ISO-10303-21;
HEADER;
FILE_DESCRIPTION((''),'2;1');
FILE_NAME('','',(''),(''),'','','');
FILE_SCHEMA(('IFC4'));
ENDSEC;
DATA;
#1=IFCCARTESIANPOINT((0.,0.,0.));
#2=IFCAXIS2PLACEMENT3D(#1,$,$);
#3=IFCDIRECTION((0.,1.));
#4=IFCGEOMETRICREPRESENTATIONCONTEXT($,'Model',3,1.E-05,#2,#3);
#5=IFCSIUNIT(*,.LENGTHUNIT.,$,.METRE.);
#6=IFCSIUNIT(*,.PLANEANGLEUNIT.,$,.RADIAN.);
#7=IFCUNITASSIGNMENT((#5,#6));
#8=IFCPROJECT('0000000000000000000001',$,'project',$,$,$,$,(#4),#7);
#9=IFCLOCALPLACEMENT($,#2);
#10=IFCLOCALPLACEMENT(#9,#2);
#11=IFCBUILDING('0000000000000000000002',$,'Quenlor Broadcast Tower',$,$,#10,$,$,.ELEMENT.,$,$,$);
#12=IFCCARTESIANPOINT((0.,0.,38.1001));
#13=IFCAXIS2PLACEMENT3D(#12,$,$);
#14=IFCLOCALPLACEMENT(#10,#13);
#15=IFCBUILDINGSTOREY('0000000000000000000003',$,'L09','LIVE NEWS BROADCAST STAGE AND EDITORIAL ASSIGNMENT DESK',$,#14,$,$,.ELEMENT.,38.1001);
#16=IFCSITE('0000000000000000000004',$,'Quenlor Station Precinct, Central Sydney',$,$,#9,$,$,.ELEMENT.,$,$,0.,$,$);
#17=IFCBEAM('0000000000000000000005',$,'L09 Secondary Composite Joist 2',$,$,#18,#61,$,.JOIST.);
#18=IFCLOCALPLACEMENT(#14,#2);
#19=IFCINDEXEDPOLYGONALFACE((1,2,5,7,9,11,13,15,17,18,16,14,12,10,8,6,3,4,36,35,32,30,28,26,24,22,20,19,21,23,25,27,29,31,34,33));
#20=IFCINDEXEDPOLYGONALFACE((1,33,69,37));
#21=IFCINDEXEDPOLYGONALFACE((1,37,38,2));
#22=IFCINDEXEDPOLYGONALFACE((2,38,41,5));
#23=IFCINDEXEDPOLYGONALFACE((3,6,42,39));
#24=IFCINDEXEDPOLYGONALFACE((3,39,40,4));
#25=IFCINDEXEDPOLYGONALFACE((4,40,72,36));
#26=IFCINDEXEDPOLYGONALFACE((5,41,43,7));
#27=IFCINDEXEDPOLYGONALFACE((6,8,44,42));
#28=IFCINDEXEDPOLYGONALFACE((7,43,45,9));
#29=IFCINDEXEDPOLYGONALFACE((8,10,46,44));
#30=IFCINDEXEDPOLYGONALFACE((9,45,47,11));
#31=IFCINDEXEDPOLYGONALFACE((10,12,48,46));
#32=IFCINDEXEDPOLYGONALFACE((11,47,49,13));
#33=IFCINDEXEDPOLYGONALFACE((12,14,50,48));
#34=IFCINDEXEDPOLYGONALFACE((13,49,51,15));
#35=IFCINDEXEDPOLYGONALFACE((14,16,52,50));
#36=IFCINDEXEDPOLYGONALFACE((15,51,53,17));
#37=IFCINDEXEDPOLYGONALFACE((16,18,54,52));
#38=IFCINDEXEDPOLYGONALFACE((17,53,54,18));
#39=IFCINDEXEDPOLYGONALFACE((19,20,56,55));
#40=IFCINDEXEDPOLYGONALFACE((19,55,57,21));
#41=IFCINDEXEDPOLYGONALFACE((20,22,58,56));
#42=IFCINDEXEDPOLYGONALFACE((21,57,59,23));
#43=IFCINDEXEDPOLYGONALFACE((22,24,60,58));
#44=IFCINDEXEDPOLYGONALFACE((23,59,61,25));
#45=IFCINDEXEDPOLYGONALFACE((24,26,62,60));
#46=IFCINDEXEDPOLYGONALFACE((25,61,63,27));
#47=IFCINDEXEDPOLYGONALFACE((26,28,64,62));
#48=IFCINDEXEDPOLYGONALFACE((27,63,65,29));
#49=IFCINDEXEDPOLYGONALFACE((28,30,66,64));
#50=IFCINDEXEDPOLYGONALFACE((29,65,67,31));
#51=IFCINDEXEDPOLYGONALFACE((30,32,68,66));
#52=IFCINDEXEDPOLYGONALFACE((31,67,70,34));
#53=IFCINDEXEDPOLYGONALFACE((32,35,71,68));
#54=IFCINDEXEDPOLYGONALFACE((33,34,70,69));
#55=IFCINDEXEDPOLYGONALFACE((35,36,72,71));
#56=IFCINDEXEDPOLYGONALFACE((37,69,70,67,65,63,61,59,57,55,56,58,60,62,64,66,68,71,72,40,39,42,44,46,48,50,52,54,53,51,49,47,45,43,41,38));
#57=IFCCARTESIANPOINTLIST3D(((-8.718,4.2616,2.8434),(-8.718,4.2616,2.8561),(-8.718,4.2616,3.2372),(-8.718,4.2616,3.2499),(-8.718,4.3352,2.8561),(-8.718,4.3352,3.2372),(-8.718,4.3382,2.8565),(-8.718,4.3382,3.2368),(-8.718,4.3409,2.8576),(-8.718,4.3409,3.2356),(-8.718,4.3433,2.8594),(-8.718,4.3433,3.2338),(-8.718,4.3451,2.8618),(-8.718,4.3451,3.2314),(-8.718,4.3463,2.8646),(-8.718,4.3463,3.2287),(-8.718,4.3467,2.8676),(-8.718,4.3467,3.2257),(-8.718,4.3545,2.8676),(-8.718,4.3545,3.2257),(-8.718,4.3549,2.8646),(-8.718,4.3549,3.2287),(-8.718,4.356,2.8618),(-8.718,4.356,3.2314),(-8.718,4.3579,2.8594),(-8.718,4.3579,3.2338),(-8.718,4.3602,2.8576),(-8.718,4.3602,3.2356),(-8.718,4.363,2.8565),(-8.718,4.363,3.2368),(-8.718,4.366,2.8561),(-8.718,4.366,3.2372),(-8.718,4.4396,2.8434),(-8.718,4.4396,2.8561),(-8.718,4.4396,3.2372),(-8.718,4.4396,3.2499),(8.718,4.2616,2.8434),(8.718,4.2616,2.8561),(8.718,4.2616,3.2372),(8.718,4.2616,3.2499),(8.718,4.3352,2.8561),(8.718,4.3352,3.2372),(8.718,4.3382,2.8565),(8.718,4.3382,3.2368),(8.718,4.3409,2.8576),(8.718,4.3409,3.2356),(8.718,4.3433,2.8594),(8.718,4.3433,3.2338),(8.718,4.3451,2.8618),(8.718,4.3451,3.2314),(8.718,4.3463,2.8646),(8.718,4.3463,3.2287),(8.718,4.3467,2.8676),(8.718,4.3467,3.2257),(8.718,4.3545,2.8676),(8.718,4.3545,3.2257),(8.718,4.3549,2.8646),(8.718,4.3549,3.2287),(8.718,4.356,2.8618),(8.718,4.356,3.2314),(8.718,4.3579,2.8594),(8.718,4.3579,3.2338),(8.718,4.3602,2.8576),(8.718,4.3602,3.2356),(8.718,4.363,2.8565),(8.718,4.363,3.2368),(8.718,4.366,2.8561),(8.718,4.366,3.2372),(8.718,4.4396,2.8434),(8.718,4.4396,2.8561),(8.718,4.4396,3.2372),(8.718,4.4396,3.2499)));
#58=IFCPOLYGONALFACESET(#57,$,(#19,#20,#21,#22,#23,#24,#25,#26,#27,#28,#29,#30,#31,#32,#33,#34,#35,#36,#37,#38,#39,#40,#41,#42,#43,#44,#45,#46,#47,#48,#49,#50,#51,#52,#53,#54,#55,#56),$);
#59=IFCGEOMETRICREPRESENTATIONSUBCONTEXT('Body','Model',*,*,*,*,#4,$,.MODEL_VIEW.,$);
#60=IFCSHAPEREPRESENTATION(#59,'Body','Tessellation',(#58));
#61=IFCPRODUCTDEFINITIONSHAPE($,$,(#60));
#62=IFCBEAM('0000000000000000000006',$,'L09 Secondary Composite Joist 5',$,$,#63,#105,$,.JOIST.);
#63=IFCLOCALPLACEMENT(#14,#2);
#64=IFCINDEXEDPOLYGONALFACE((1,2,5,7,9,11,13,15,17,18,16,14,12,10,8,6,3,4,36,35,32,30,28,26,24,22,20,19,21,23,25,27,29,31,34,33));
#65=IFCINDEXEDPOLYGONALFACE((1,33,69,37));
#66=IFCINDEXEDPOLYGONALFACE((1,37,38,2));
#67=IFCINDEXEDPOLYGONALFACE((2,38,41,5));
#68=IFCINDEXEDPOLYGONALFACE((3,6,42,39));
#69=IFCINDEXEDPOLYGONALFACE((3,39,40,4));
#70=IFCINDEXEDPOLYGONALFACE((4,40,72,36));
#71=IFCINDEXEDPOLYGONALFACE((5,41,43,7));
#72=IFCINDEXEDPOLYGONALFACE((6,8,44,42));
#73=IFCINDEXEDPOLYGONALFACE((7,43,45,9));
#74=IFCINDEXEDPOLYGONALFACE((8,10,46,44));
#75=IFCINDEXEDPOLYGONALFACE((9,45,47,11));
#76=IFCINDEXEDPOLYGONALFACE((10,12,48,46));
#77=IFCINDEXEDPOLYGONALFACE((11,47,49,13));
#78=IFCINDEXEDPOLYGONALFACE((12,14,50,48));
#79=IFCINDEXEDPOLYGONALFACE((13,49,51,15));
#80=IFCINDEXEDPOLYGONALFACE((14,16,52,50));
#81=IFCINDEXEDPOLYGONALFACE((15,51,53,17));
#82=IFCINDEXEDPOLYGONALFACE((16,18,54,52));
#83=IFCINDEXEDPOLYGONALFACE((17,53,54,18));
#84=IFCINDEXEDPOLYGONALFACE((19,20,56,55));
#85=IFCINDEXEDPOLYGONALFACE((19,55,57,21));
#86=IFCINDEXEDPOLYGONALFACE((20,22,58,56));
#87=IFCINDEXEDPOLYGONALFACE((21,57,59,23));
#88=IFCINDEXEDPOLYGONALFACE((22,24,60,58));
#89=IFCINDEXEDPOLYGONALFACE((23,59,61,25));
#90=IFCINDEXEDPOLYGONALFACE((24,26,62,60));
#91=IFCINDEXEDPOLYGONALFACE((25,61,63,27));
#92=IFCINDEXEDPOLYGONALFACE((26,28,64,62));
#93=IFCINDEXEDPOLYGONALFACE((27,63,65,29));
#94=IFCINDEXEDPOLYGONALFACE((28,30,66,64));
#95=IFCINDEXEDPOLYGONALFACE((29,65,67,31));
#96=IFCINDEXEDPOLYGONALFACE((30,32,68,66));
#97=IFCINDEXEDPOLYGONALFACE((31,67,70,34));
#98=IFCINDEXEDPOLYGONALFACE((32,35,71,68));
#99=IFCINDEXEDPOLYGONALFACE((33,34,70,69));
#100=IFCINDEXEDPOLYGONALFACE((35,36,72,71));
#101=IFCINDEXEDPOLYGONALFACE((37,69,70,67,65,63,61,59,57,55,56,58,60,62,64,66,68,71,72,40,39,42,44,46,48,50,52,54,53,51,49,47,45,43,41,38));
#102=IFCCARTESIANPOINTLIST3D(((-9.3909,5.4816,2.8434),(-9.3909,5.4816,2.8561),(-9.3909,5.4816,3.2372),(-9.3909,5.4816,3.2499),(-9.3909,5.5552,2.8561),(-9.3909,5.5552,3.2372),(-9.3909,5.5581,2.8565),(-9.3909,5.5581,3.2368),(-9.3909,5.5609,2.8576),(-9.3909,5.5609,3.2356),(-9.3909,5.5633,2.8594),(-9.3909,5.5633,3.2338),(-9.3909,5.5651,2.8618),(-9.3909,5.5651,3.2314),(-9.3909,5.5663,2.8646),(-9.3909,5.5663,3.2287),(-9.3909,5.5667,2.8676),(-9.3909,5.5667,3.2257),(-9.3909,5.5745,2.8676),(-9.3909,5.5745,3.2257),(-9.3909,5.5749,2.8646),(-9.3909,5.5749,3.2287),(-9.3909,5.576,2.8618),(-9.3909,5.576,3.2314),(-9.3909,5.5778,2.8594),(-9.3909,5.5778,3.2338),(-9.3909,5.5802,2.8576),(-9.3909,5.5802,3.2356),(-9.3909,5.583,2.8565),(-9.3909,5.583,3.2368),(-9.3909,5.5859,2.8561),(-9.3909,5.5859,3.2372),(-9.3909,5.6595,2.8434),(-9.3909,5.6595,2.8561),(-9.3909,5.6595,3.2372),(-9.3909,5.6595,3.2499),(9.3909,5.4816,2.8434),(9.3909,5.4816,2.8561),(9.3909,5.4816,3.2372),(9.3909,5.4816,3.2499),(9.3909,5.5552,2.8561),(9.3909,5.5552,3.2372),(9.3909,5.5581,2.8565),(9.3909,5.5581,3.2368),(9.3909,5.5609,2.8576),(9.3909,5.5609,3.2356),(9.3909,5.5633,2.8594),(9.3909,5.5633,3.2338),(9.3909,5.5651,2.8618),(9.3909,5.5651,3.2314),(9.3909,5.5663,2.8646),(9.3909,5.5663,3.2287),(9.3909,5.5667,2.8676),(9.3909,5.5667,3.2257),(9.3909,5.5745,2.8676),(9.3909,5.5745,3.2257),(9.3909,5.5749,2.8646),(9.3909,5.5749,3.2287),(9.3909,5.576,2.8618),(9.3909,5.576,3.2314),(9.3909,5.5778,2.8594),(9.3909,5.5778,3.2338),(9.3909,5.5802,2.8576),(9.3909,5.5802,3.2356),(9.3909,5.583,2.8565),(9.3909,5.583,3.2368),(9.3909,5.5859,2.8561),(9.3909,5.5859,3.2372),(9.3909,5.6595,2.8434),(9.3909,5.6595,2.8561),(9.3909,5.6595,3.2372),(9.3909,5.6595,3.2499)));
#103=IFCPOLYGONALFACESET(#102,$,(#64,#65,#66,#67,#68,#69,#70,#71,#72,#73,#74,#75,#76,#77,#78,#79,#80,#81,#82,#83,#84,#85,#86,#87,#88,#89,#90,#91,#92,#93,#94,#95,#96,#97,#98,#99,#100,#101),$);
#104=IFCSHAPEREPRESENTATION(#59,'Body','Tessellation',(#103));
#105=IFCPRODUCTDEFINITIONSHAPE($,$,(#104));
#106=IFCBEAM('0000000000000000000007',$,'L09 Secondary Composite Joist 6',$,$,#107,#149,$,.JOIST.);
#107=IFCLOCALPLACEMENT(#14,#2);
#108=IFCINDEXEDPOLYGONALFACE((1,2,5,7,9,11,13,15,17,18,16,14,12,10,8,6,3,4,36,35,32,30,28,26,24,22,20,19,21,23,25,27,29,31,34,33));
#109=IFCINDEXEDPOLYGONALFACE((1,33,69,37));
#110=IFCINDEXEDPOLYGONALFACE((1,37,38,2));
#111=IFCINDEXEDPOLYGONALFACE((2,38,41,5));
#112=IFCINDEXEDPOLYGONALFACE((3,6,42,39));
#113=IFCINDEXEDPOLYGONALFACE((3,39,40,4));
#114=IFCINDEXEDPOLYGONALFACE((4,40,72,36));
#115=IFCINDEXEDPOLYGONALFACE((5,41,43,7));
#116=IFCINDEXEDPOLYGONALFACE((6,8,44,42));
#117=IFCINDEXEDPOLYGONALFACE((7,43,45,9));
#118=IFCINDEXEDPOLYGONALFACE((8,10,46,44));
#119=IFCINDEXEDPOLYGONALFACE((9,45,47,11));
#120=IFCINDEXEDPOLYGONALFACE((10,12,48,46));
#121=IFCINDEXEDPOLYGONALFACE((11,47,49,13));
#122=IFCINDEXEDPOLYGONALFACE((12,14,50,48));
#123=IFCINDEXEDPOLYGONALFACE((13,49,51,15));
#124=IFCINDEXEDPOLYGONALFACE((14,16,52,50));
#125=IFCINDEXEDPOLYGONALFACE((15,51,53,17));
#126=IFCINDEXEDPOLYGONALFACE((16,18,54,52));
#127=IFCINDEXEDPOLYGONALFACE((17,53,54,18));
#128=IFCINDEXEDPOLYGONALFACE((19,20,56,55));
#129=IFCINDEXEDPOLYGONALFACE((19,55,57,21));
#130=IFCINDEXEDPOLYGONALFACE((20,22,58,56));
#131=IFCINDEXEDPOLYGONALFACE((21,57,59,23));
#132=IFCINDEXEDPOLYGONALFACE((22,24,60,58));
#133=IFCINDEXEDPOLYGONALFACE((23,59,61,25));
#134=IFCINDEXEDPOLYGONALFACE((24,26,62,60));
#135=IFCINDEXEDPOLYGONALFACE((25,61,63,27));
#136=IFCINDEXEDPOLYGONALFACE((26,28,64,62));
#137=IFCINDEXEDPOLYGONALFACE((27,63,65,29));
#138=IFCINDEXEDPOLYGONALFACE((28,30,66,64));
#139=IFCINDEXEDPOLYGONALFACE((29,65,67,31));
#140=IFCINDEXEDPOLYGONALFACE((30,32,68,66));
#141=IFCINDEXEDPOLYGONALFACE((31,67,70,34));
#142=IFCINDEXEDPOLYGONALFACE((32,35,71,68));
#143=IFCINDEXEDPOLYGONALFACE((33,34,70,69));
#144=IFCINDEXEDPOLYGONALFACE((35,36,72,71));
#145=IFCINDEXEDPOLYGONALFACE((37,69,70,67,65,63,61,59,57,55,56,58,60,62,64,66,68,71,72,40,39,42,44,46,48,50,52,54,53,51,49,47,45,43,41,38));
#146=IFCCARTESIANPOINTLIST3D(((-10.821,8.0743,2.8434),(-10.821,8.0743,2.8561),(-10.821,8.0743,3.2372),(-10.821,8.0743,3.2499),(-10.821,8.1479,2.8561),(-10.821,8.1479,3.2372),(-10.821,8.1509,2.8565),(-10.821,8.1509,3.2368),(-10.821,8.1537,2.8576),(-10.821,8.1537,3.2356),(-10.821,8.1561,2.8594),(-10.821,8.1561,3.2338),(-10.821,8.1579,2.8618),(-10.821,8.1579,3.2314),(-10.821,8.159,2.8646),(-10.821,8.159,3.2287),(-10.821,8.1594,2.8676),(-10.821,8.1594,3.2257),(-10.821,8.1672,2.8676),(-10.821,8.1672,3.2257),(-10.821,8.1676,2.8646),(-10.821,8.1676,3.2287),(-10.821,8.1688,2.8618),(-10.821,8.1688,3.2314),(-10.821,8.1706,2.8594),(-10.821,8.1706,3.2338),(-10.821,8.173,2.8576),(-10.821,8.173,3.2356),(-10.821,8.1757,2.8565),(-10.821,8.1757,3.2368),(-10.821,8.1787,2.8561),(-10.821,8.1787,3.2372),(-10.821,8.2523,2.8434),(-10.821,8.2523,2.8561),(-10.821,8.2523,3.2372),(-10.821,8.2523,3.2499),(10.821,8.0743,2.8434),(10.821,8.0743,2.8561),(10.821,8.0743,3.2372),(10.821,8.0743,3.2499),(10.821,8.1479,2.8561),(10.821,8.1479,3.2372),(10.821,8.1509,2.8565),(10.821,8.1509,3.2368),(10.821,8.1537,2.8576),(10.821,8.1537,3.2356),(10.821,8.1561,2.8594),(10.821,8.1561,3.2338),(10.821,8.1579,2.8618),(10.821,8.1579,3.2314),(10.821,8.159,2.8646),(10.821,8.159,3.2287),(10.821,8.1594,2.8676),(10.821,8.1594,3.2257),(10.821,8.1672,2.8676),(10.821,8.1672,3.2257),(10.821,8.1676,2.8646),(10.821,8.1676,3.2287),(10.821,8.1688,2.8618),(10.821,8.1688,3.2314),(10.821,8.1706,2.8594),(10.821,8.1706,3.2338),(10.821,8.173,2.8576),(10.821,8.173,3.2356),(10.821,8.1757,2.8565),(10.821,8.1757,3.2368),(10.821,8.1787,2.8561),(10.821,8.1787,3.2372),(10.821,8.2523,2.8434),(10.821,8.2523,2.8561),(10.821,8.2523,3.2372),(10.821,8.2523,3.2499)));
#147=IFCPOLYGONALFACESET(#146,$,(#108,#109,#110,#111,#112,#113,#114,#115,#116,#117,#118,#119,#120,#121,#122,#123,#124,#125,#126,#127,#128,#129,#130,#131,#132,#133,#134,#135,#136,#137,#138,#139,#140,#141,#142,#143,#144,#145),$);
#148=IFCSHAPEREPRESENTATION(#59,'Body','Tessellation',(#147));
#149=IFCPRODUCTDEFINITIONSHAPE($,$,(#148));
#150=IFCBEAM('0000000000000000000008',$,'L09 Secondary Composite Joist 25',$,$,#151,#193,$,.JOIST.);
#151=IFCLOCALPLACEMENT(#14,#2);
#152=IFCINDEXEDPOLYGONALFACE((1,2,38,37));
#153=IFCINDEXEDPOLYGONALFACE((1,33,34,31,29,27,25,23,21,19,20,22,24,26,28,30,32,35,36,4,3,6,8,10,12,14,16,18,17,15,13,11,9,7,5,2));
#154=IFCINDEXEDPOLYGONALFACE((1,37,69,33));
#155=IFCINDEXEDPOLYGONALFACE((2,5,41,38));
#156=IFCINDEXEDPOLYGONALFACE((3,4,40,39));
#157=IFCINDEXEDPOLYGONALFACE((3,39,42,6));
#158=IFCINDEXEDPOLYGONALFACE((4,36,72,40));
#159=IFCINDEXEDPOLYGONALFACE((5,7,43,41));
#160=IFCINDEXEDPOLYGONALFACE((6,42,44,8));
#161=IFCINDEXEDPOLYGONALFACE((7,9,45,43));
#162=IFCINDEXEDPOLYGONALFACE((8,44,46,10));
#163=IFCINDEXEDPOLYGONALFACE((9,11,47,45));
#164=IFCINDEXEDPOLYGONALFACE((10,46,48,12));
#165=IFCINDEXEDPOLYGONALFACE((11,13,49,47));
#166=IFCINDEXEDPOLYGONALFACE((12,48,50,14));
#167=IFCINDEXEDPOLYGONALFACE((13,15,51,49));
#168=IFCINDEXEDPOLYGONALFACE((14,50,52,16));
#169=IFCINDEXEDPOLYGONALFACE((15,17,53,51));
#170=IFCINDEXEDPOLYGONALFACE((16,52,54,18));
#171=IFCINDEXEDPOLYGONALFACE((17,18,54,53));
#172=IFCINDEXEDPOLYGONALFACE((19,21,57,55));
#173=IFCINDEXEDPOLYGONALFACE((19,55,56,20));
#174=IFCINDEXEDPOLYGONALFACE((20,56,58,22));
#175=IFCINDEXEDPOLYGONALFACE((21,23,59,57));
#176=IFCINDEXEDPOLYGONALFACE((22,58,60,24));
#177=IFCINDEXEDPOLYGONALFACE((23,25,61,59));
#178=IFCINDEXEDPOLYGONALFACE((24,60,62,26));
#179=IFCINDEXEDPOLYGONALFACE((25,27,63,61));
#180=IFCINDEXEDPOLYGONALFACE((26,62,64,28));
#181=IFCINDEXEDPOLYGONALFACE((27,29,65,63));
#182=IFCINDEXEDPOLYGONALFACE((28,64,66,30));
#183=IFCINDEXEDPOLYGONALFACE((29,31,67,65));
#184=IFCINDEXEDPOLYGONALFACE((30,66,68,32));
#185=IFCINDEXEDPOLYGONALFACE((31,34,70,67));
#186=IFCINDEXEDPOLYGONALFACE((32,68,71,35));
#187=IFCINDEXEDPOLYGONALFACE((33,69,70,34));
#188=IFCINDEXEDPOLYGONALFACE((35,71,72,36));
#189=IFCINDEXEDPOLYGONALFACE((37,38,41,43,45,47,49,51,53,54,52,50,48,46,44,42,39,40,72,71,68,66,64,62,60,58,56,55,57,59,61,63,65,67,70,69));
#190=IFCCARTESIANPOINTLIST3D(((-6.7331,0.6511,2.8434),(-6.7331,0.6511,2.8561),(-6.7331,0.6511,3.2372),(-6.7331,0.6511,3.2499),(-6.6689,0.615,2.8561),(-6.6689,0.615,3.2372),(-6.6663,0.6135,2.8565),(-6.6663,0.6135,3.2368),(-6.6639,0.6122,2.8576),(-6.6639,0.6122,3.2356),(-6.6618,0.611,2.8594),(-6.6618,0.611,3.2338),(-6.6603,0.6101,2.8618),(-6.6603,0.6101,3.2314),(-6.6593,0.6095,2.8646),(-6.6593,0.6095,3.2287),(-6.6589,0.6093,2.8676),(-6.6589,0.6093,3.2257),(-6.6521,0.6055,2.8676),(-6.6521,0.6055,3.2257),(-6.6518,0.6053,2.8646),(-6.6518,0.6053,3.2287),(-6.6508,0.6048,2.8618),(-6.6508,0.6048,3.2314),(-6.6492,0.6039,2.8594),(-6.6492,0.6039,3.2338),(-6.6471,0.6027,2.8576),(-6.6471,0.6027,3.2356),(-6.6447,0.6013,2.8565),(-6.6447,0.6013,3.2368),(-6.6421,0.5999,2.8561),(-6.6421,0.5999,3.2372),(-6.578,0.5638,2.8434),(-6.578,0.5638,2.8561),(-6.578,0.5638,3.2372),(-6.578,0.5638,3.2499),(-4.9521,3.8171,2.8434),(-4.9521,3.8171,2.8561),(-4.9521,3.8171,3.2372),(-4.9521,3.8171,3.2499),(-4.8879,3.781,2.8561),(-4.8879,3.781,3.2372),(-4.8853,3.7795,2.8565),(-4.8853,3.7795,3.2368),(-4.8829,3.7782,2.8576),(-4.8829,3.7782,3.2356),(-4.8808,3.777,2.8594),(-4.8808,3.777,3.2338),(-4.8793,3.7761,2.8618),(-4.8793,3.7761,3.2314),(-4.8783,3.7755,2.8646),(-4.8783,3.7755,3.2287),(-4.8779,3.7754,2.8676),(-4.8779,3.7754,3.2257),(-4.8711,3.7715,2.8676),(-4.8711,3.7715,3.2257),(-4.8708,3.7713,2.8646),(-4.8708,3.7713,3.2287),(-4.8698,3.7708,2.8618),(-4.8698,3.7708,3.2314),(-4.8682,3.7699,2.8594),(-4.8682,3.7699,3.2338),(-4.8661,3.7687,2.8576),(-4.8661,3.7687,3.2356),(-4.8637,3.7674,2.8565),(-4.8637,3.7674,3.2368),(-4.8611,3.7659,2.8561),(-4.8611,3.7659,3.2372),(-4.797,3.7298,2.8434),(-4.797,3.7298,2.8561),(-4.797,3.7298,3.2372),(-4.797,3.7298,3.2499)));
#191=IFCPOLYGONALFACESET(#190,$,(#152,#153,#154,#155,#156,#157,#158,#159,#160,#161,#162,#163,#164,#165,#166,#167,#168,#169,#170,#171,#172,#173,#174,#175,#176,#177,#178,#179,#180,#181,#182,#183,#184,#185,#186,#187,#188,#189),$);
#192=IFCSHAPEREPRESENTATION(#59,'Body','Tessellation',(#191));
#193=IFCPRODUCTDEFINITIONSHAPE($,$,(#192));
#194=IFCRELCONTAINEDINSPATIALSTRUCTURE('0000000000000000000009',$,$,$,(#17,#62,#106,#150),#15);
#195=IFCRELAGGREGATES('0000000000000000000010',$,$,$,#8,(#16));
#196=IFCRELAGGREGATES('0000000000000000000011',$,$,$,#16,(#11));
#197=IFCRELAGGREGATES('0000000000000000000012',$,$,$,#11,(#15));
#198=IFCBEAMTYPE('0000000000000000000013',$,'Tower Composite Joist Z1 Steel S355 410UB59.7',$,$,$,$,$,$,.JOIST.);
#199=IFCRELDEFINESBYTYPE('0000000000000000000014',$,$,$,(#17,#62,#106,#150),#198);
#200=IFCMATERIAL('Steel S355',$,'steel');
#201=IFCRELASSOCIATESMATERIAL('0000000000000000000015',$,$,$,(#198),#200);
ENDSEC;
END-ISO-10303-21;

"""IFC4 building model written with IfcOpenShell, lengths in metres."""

from ifc_helpers import new_model, si_unit, direction, frame, origin, origin_2d, place, context, subcontext, project, spatial, i_section, extrude, material, material_profile, profile_set, type_object, element, save


model = new_model("IFC4")

# Units and contexts
model_context = context("Model", 3, precision=1e-05, world=origin(), true_north=direction((0.0, 1.0)))
body_context = subcontext(model_context, "Body", "Model", "MODEL_VIEW")
ifc_project = project(units=[si_unit("LENGTHUNIT", "METRE"), si_unit("PLANEANGLEUNIT", "RADIAN")], contexts=[model_context])

# Site, building, storey
site_placement = place(None, origin())
site = spatial("IfcSite", under=ifc_project, at=site_placement, Name="Quenlor Station Precinct, Central Sydney", CompositionType="ELEMENT", RefElevation=0.0)
building_placement = place(site_placement, origin())
building = spatial("IfcBuilding", under=site, at=building_placement, Name="Quenlor Broadcast Tower", CompositionType="ELEMENT")
storey_placement = place(building_placement, frame((0.0, 0.0, 38.1001)))
storey = spatial("IfcBuildingStorey", under=building, at=storey_placement, Name="L09", Description="LIVE NEWS BROADCAST STAGE AND EDITORIAL ASSIGNMENT DESK", CompositionType="ELEMENT", Elevation=38.1001)

# Beams
ifc_material_1 = material(Name="Steel S355", Category="steel")
ifc_material_profile_1 = material_profile(ifc_material_1, i_section(OverallWidth=0.178, OverallDepth=0.4065, WebThickness=0.0078, FlangeThickness=0.0127, FilletRadius=0.0115, at=origin_2d()))
ifc_profile_set_1 = profile_set([ifc_material_profile_1], Name="Steel S355 410UB59.7")
beam_type_1 = type_object("IfcBeamType", Name="Tower Composite Joist Z1 Steel S355 410UB59.7", PredefinedType="JOIST", material=ifc_profile_set_1)
beam_1_placement = place(storey_placement, frame((-8.718, 4.3506, 3.0466), z_axis=(1.0, 0.0, 0.0), x_axis=(0.0, 1.0, 0.0)))
element("IfcBeam", 1, at=beam_1_placement, inside=storey, type_object=beam_type_1, Name="L09 Secondary Composite Joist 2", PredefinedType="JOIST", context=body_context, shape_type="SweptSolid", body=[
    extrude(i_section(OverallWidth=0.178, OverallDepth=0.4065, WebThickness=0.0078, FlangeThickness=0.0127, FilletRadius=0.0115, at=origin_2d()), origin(), (0.0, 0.0, 1.0), 17.436),
])
beam_2_placement = place(storey_placement, frame((-9.3909, 5.5706, 3.0466), z_axis=(1.0, 0.0, 0.0), x_axis=(0.0, 1.0, 0.0)))
element("IfcBeam", 2, at=beam_2_placement, inside=storey, type_object=beam_type_1, Name="L09 Secondary Composite Joist 5", PredefinedType="JOIST", context=body_context, shape_type="SweptSolid", body=[
    extrude(i_section(OverallWidth=0.178, OverallDepth=0.4065, WebThickness=0.0078, FlangeThickness=0.0127, FilletRadius=0.0115, at=origin_2d()), origin(), (0.0, 0.0, 1.0), 18.7817),
])
beam_3_placement = place(storey_placement, frame((-10.821, 8.1633, 3.0466), z_axis=(1.0, 0.0, 0.0), x_axis=(0.0, 1.0, 0.0)))
element("IfcBeam", 3, at=beam_3_placement, inside=storey, type_object=beam_type_1, Name="L09 Secondary Composite Joist 6", PredefinedType="JOIST", context=body_context, shape_type="SweptSolid", body=[
    extrude(i_section(OverallWidth=0.178, OverallDepth=0.4065, WebThickness=0.0078, FlangeThickness=0.0127, FilletRadius=0.0115, at=origin_2d()), origin(), (0.0, 0.0, 1.0), 21.6421),
])
beam_4_placement = place(storey_placement, frame((-4.8745, 3.7734, 3.0466), z_axis=(-0.490287, -0.871561, 0.0), x_axis=(0.871561, -0.490287, 0.0)))
element("IfcBeam", 4, at=beam_4_placement, inside=storey, type_object=beam_type_1, Name="L09 Secondary Composite Joist 25", PredefinedType="JOIST", context=body_context, shape_type="SweptSolid", body=[
    extrude(i_section(OverallWidth=0.178, OverallDepth=0.4065, WebThickness=0.0078, FlangeThickness=0.0127, FilletRadius=0.0115, at=origin_2d()), origin(), (0.0, 0.0, 1.0), 3.6326),
])

save(model, "model.ifc")
